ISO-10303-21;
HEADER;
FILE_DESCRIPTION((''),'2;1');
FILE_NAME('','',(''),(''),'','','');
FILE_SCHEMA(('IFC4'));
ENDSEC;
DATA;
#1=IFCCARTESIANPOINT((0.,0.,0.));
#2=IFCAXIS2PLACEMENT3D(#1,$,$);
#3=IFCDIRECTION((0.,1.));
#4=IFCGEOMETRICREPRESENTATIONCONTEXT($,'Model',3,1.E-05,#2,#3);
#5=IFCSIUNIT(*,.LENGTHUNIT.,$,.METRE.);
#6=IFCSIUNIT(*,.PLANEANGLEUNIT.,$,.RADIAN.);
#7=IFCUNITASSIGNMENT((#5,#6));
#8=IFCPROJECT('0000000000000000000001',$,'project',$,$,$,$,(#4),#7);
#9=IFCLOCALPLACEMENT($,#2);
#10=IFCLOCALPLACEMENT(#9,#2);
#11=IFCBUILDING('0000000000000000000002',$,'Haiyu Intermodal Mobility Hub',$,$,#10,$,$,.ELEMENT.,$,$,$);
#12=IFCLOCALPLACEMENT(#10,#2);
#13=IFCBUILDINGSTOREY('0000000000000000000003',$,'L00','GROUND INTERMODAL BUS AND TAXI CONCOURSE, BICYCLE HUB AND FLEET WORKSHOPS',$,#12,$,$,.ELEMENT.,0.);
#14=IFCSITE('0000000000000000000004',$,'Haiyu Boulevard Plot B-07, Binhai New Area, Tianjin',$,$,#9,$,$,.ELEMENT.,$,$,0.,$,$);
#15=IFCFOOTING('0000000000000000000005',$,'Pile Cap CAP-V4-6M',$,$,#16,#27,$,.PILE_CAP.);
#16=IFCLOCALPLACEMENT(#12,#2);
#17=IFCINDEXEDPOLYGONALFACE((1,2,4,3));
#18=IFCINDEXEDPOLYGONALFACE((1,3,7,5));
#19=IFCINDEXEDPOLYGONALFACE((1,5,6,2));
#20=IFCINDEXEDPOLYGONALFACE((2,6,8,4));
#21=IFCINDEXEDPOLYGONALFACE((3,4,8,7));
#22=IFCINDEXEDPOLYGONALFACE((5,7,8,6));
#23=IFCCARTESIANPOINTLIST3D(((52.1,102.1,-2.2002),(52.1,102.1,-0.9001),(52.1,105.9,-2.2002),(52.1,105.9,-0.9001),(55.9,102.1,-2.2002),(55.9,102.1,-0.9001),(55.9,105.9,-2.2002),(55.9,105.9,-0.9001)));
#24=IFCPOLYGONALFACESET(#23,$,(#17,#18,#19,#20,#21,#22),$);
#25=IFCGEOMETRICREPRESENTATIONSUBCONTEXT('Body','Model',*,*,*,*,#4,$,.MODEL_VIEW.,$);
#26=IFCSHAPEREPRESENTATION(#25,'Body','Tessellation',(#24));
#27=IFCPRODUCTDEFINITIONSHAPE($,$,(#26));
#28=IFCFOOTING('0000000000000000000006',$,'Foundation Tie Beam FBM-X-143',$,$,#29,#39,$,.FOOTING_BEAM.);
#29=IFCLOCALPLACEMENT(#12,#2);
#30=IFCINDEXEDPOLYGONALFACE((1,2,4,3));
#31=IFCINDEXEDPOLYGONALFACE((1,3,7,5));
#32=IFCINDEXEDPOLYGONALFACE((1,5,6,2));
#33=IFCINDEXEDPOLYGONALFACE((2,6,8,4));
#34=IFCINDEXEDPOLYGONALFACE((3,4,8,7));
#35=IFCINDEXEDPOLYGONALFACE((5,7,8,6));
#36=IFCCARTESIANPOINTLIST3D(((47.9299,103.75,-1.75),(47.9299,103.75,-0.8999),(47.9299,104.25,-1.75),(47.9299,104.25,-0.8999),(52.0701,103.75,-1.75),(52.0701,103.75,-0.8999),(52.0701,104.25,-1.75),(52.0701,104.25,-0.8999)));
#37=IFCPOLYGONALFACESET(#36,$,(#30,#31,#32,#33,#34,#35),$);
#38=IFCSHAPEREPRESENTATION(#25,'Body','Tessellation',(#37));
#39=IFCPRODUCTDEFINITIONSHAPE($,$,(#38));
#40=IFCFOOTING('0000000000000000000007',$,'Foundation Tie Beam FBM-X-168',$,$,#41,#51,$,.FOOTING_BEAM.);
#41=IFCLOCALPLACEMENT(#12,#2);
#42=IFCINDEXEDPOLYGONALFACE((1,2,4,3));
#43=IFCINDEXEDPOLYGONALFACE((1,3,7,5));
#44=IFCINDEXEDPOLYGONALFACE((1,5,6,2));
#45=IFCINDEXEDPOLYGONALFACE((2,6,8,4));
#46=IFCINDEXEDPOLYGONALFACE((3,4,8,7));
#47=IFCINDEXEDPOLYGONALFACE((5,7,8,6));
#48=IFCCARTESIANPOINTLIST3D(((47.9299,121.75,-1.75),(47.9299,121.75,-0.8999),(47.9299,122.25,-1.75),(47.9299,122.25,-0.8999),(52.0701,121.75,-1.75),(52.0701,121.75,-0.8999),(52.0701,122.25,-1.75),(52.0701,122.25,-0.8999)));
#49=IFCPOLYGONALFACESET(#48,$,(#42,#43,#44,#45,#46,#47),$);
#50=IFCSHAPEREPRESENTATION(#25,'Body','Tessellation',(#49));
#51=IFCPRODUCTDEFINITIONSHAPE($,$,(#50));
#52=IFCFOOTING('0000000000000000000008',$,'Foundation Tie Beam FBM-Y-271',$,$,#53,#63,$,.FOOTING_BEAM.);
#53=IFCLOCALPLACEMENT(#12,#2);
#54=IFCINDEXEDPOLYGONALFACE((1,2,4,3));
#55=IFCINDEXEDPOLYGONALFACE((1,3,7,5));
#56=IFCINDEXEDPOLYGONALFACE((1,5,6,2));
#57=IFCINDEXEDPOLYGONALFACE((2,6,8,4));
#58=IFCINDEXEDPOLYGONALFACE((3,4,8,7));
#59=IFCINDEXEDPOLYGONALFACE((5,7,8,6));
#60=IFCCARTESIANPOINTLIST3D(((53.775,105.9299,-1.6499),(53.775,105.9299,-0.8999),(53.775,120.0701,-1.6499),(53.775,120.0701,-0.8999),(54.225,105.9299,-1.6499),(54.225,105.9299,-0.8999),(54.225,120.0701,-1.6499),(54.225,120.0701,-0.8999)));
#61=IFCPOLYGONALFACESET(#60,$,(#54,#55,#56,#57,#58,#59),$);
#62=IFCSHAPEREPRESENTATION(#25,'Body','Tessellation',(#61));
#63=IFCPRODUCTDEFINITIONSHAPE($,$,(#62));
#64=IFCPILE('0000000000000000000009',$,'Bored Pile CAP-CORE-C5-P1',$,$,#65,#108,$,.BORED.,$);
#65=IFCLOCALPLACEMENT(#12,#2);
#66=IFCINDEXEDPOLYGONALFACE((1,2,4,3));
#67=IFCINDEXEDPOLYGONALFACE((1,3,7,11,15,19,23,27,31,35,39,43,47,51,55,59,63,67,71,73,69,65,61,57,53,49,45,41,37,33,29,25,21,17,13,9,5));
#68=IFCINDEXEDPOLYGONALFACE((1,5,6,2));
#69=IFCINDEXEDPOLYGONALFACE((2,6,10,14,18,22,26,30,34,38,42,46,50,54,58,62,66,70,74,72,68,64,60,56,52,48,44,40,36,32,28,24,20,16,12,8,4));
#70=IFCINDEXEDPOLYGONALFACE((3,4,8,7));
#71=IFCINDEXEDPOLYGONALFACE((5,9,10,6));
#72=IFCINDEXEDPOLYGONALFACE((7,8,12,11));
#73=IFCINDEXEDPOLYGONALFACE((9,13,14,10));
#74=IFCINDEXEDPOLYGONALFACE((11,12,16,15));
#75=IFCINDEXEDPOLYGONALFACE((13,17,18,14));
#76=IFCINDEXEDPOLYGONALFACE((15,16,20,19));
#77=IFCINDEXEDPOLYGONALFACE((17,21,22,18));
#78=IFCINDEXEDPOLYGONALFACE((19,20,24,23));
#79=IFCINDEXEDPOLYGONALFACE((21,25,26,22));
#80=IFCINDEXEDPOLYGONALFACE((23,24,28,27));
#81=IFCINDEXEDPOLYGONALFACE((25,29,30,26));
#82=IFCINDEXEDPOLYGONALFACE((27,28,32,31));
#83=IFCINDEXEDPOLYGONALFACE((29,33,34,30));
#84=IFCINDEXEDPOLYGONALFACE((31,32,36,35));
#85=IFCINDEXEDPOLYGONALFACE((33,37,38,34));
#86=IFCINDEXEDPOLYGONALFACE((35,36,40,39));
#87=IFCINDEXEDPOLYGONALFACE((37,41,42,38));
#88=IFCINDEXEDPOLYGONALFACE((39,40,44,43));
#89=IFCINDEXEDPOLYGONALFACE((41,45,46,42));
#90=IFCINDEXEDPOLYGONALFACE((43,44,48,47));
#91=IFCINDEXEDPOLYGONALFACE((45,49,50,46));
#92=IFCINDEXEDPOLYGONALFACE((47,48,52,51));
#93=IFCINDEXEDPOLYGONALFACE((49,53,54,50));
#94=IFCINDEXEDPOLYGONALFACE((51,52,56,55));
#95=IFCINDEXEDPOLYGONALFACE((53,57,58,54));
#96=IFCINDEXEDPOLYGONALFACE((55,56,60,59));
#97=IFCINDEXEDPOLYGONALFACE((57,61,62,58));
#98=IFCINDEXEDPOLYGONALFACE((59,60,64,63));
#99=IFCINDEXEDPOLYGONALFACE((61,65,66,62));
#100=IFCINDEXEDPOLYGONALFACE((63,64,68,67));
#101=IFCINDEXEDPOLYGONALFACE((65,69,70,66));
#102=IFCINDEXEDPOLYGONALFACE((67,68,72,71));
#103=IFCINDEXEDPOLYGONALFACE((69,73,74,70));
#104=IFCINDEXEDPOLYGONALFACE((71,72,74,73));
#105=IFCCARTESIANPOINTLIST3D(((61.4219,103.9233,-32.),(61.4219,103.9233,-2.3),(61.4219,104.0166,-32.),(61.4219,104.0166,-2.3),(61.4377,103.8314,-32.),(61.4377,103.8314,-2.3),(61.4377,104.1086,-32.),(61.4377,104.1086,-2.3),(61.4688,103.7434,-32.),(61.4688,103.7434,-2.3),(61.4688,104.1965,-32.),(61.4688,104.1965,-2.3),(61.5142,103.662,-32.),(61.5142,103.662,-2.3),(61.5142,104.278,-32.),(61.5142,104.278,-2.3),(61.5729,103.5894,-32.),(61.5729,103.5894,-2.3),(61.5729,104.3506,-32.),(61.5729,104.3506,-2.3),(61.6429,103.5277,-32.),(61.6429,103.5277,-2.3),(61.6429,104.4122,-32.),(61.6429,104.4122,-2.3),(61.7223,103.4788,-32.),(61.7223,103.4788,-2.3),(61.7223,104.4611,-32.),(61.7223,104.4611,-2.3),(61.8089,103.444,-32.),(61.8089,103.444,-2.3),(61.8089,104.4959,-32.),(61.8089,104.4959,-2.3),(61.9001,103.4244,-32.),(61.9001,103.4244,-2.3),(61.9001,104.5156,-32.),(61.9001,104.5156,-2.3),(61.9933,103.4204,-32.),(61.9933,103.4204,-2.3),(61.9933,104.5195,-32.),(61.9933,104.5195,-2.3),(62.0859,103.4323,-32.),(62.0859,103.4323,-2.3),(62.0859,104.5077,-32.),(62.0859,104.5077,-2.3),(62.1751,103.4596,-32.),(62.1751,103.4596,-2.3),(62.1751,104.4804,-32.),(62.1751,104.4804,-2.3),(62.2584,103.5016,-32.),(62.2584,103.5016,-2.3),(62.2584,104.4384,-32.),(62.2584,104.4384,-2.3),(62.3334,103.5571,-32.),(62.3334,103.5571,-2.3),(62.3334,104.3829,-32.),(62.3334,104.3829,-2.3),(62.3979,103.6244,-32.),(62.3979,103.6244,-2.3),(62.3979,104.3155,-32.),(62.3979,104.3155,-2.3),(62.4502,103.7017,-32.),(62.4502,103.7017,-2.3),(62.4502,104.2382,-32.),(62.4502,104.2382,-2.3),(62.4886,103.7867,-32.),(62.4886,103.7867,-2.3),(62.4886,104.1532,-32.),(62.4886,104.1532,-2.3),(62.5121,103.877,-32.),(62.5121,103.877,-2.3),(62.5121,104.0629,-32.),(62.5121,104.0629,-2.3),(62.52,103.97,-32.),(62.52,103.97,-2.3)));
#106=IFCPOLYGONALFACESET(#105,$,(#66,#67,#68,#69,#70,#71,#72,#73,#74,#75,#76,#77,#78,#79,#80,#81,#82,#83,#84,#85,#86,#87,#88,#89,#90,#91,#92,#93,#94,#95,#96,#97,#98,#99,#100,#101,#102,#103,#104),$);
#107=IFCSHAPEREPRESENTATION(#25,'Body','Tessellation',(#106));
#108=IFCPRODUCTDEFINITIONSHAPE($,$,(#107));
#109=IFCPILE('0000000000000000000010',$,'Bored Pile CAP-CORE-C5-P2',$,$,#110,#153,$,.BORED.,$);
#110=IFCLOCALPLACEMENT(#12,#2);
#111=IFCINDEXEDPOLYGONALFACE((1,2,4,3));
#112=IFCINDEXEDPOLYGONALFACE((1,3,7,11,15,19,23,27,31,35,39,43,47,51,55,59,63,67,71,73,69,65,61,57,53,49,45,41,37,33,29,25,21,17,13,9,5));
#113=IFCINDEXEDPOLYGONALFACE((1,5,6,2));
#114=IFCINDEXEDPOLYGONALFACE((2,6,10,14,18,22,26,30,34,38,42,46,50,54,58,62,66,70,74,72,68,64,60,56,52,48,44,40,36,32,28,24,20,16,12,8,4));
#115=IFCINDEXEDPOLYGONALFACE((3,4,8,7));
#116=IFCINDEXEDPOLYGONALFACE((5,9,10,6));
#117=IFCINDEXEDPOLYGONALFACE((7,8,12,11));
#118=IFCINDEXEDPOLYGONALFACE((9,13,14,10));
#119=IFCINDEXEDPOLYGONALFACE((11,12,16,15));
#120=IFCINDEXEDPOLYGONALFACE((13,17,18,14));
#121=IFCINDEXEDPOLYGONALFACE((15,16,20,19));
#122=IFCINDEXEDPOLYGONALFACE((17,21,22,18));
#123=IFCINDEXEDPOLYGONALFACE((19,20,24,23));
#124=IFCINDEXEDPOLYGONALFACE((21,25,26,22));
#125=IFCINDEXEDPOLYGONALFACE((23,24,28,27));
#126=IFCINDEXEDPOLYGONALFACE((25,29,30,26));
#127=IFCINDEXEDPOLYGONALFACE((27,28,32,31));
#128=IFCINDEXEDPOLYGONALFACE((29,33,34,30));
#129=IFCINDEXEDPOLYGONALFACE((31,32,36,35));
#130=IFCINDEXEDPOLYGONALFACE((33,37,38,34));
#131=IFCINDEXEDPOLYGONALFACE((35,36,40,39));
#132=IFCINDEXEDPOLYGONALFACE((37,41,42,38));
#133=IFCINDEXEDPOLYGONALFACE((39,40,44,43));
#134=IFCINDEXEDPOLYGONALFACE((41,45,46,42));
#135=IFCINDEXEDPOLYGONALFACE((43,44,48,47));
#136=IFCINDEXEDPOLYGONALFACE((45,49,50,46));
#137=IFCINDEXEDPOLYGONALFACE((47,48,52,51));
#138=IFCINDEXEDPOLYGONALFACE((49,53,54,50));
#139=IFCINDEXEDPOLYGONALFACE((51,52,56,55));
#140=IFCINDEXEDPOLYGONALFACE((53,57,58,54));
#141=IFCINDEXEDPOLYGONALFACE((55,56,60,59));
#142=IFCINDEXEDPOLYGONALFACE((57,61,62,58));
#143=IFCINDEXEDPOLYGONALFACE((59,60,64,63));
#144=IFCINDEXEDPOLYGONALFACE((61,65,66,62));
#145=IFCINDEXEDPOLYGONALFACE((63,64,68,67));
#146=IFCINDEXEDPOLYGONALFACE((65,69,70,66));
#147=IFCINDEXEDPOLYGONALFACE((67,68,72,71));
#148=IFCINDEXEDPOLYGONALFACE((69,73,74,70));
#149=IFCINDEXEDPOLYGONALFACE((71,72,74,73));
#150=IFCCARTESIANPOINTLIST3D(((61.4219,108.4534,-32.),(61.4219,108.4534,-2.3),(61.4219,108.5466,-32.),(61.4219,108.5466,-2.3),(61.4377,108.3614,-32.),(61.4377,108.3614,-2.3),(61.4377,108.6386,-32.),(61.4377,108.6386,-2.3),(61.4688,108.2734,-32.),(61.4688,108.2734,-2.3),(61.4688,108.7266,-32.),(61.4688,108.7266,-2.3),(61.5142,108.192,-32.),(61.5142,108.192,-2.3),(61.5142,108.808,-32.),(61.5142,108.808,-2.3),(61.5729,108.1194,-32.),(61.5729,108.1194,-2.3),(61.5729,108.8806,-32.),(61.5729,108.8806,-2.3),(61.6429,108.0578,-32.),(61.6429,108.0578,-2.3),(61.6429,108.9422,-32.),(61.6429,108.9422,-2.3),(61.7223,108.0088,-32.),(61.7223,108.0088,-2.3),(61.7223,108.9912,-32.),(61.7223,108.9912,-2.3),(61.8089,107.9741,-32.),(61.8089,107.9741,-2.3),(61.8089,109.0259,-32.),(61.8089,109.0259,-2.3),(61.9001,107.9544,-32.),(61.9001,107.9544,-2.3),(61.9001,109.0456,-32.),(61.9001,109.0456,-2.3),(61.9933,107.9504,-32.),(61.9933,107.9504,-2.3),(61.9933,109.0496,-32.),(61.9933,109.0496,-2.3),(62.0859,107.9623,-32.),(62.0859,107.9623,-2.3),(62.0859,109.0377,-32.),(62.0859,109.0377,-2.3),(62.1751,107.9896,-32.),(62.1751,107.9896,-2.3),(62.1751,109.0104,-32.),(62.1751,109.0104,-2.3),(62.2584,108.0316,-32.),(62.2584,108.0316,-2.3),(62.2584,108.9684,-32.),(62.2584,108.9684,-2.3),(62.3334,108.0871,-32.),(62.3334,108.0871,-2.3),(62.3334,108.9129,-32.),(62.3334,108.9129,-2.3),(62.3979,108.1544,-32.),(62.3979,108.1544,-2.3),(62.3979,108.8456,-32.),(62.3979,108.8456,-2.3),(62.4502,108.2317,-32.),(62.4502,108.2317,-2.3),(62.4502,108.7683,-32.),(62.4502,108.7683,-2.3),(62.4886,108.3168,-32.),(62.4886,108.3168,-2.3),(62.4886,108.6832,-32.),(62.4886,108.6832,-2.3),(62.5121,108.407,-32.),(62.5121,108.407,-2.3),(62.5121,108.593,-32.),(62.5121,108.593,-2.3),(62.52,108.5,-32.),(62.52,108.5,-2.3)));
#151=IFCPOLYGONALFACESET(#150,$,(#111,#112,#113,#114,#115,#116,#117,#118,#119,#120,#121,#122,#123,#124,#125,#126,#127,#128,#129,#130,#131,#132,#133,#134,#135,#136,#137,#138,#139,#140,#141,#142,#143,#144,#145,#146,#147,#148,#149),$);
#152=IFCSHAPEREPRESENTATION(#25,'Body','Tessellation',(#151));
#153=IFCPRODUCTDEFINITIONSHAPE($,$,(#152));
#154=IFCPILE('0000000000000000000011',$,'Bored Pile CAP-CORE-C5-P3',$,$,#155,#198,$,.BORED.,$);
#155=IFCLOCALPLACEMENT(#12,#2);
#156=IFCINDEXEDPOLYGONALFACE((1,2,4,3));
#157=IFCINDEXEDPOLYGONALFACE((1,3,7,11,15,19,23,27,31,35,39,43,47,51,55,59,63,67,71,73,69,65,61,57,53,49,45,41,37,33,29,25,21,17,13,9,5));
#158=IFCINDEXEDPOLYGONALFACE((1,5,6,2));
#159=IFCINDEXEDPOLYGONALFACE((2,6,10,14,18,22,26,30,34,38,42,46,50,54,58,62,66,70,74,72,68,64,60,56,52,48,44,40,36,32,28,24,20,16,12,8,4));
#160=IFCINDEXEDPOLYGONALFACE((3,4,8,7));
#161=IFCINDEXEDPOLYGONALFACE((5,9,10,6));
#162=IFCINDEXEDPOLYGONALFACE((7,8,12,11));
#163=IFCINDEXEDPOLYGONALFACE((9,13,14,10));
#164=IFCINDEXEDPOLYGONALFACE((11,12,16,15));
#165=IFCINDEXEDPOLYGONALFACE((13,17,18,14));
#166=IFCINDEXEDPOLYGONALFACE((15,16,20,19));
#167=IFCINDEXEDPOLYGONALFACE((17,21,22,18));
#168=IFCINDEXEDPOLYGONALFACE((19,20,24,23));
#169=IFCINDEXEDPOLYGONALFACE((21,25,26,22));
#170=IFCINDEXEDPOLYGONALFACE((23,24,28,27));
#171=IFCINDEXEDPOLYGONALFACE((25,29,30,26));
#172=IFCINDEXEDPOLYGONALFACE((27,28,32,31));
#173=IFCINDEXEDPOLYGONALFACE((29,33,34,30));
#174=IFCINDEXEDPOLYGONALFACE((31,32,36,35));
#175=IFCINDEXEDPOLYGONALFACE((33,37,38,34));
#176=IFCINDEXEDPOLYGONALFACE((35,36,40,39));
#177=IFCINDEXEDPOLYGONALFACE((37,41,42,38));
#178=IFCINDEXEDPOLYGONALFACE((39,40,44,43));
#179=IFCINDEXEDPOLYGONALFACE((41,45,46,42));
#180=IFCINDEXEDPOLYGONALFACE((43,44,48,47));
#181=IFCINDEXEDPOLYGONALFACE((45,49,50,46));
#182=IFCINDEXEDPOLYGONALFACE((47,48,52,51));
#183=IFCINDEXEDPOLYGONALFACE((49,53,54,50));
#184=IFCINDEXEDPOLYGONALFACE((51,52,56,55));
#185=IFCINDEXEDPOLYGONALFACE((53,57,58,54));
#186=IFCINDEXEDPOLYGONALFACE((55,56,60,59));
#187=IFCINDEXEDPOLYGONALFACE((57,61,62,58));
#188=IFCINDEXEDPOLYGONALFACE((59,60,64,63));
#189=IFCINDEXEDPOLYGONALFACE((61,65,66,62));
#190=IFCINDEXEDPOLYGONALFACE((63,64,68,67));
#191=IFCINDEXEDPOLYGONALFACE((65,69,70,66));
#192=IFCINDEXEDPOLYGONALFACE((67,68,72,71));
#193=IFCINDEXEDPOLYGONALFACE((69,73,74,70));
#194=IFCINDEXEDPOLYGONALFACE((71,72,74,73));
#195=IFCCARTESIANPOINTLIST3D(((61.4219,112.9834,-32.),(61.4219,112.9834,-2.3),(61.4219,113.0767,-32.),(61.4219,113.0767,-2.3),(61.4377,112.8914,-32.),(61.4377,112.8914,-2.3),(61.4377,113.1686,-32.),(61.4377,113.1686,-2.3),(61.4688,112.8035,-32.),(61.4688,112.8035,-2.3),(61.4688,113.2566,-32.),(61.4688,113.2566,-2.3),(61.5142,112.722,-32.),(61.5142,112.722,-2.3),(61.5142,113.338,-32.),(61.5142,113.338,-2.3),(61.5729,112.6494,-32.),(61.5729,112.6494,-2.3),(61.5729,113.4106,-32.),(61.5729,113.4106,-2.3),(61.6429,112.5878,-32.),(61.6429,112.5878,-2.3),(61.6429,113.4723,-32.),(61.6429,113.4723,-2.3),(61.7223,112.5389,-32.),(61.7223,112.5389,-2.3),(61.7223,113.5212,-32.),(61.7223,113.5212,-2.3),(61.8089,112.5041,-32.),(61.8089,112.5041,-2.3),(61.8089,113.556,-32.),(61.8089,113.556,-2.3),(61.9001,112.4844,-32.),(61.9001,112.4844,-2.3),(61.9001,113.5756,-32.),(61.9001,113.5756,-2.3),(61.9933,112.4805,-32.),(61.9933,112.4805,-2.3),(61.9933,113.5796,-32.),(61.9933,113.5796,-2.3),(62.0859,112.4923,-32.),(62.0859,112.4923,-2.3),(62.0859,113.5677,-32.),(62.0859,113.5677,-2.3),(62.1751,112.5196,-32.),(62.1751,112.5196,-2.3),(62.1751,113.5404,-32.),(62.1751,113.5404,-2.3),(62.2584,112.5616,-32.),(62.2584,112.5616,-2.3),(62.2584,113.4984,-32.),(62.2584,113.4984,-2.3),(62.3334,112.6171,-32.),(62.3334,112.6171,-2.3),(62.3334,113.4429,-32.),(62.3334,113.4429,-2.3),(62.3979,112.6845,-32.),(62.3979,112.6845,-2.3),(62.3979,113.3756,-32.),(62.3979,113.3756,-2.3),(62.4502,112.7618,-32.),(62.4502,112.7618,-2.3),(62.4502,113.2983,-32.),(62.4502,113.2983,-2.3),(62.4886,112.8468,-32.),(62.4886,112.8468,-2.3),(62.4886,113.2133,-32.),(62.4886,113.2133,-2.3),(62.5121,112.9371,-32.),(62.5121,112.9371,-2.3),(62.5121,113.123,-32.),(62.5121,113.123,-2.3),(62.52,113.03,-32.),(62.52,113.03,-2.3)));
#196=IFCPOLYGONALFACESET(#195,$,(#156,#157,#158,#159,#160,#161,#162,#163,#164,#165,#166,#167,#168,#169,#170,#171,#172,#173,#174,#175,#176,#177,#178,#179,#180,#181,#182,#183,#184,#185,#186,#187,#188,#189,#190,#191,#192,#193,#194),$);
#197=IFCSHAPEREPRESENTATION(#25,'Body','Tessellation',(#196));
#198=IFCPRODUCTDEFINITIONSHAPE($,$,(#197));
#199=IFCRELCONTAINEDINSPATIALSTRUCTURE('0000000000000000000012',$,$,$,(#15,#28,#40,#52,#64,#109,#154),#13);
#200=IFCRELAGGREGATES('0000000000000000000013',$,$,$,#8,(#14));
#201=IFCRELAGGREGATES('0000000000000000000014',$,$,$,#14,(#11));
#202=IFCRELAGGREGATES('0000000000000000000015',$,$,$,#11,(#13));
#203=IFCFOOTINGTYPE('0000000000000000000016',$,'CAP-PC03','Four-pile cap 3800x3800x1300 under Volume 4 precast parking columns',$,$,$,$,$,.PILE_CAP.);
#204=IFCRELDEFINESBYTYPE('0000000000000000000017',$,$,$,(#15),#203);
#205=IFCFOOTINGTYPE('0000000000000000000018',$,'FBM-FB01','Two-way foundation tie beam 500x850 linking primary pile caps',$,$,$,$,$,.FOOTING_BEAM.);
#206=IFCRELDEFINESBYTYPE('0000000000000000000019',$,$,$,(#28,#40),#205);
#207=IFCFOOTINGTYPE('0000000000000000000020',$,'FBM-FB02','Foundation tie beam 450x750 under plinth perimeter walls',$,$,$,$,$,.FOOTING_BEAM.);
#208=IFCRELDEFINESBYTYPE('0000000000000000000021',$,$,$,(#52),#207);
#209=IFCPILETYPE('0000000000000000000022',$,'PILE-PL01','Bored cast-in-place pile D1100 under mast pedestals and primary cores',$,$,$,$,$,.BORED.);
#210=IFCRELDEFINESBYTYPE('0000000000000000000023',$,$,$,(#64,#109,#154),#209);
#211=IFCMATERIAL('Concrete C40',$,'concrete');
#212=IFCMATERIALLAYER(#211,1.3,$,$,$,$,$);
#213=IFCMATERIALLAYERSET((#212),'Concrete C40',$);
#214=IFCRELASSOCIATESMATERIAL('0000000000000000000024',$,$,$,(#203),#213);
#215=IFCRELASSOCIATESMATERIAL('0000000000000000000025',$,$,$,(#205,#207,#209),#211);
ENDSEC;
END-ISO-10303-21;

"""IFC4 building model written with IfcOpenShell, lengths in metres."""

from ifc_helpers import new_model, si_unit, direction, frame, origin, origin_2d, place, context, subcontext, project, spatial, rectangle, circle, extrude, material, layer, layer_set, material_profile, profile_set, type_object, element, save


model = new_model("IFC4")

# Units and contexts
model_context = context("Model", 3, precision=1e-05, world=origin(), true_north=direction((0.0, 1.0)))
body_context = subcontext(model_context, "Body", "Model", "MODEL_VIEW")
ifc_project = project(units=[si_unit("LENGTHUNIT", "METRE"), si_unit("PLANEANGLEUNIT", "RADIAN")], contexts=[model_context])

# Site, building, storey
site_placement = place(None, origin())
site = spatial("IfcSite", under=ifc_project, at=site_placement, Name="Haiyu Boulevard Plot B-07, Binhai New Area, Tianjin", CompositionType="ELEMENT", RefElevation=0.0)
building_placement = place(site_placement, origin())
building = spatial("IfcBuilding", under=site, at=building_placement, Name="Haiyu Intermodal Mobility Hub", CompositionType="ELEMENT")
storey_placement = place(building_placement, origin())
storey = spatial("IfcBuildingStorey", under=building, at=storey_placement, Name="L00", Description="GROUND INTERMODAL BUS AND TAXI CONCOURSE, BICYCLE HUB AND FLEET WORKSHOPS", CompositionType="ELEMENT", Elevation=0.0)

# Footings
ifc_material_1 = material(Name="Concrete C40", Category="concrete")
ifc_layer_1 = layer(ifc_material_1, 1.3)
ifc_layer_set_1 = layer_set([ifc_layer_1], Name="Concrete C40")
footing_type_1 = type_object("IfcFootingType", Name="CAP-PC03", Description="Four-pile cap 3800x3800x1300 under Volume 4 precast parking columns", PredefinedType="PILE_CAP", material=ifc_layer_set_1)
footing_1_placement = place(storey_placement, frame((54.0, 104.0, -2.2002), z_axis=(0.0, 0.0, 1.0), x_axis=(1.0, 0.0, 0.0)))
element("IfcFooting", 1, at=footing_1_placement, inside=storey, type_object=footing_type_1, Name="Pile Cap CAP-V4-6M", PredefinedType="PILE_CAP", context=body_context, shape_type="SweptSolid", body=[
    extrude(rectangle(XDim=3.8, YDim=3.8, at=origin_2d()), origin(), (0.0, 0.0, 1.0), 1.3),
])
ifc_material_profile_1 = material_profile(ifc_material_1, rectangle(XDim=0.5, YDim=0.8501, at=origin_2d()), Name="FB500x850")
ifc_profile_set_1 = profile_set([ifc_material_profile_1], Name="Concrete C40")
footing_type_2 = type_object("IfcFootingType", Name="FBM-FB01", Description="Two-way foundation tie beam 500x850 linking primary pile caps", PredefinedType="FOOTING_BEAM", material=ifc_profile_set_1)
for number, where, z_axis, x_axis, name in (
    (2, (47.9299, 104.0, -1.325), (1.0, 0.0, 0.0), (0.0, 1.0, 0.0), "Foundation Tie Beam FBM-X-143"),
    (3, (47.9299, 122.0, -1.325), (1.0, 0.0, 0.0), (0.0, 1.0, 0.0), "Foundation Tie Beam FBM-X-168"),
):
    element("IfcFooting", number, at=place(storey_placement, frame(where, z_axis=z_axis, x_axis=x_axis)), inside=storey, type_object=footing_type_2, Name=name, PredefinedType="FOOTING_BEAM", context=body_context, shape_type="SweptSolid", body=[
        extrude(rectangle(XDim=0.5, YDim=0.8501, at=origin_2d()), origin(), (0.0, 0.0, 1.0), 4.1401),
    ])
ifc_material_profile_2 = material_profile(ifc_material_1, rectangle(XDim=0.45, YDim=0.75, at=origin_2d()), Name="FB450x750")
ifc_profile_set_2 = profile_set([ifc_material_profile_2], Name="Concrete C40")
footing_type_3 = type_object("IfcFootingType", Name="FBM-FB02", Description="Foundation tie beam 450x750 under plinth perimeter walls", PredefinedType="FOOTING_BEAM", material=ifc_profile_set_2)
footing_2_placement = place(storey_placement, frame((54.0, 105.9299, -1.2749), z_axis=(0.0, 1.0, 0.0), x_axis=(-1.0, 0.0, 0.0)))
element("IfcFooting", 4, at=footing_2_placement, inside=storey, type_object=footing_type_3, Name="Foundation Tie Beam FBM-Y-271", PredefinedType="FOOTING_BEAM", context=body_context, shape_type="SweptSolid", body=[
    extrude(rectangle(XDim=0.45, YDim=0.75, at=origin_2d()), origin(), (0.0, 0.0, 1.0), 14.1401),
])

# Piles
ifc_material_profile_3 = material_profile(ifc_material_1, circle(Radius=0.55, at=origin_2d()), Name="PILE-D1100")
ifc_profile_set_3 = profile_set([ifc_material_profile_3], Name="Concrete C40")
pile_type_1 = type_object("IfcPileType", Name="PILE-PL01", Description="Bored cast-in-place pile D1100 under mast pedestals and primary cores", PredefinedType="BORED", material=ifc_profile_set_3)
for number, where, z_axis, x_axis, name in (
    (5, (61.97, 103.97, -2.3), (0.0, 0.0, -1.0), (1.0, 0.0, 0.0), "Bored Pile CAP-CORE-C5-P1"),
    (6, (61.97, 108.5, -2.3), (0.0, 0.0, -1.0), (1.0, 0.0, 0.0), "Bored Pile CAP-CORE-C5-P2"),
    (7, (61.97, 113.03, -2.3), (0.0, 0.0, -1.0), (1.0, 0.0, 0.0), "Bored Pile CAP-CORE-C5-P3"),
):
    element("IfcPile", number, at=place(storey_placement, frame(where, z_axis=z_axis, x_axis=x_axis)), inside=storey, type_object=pile_type_1, Name=name, PredefinedType="BORED", context=body_context, shape_type="SweptSolid", body=[
        extrude(circle(Radius=0.55, at=origin_2d()), origin(), (0.0, 0.0, 1.0), 29.7),
    ])

save(model, "model.ifc")
